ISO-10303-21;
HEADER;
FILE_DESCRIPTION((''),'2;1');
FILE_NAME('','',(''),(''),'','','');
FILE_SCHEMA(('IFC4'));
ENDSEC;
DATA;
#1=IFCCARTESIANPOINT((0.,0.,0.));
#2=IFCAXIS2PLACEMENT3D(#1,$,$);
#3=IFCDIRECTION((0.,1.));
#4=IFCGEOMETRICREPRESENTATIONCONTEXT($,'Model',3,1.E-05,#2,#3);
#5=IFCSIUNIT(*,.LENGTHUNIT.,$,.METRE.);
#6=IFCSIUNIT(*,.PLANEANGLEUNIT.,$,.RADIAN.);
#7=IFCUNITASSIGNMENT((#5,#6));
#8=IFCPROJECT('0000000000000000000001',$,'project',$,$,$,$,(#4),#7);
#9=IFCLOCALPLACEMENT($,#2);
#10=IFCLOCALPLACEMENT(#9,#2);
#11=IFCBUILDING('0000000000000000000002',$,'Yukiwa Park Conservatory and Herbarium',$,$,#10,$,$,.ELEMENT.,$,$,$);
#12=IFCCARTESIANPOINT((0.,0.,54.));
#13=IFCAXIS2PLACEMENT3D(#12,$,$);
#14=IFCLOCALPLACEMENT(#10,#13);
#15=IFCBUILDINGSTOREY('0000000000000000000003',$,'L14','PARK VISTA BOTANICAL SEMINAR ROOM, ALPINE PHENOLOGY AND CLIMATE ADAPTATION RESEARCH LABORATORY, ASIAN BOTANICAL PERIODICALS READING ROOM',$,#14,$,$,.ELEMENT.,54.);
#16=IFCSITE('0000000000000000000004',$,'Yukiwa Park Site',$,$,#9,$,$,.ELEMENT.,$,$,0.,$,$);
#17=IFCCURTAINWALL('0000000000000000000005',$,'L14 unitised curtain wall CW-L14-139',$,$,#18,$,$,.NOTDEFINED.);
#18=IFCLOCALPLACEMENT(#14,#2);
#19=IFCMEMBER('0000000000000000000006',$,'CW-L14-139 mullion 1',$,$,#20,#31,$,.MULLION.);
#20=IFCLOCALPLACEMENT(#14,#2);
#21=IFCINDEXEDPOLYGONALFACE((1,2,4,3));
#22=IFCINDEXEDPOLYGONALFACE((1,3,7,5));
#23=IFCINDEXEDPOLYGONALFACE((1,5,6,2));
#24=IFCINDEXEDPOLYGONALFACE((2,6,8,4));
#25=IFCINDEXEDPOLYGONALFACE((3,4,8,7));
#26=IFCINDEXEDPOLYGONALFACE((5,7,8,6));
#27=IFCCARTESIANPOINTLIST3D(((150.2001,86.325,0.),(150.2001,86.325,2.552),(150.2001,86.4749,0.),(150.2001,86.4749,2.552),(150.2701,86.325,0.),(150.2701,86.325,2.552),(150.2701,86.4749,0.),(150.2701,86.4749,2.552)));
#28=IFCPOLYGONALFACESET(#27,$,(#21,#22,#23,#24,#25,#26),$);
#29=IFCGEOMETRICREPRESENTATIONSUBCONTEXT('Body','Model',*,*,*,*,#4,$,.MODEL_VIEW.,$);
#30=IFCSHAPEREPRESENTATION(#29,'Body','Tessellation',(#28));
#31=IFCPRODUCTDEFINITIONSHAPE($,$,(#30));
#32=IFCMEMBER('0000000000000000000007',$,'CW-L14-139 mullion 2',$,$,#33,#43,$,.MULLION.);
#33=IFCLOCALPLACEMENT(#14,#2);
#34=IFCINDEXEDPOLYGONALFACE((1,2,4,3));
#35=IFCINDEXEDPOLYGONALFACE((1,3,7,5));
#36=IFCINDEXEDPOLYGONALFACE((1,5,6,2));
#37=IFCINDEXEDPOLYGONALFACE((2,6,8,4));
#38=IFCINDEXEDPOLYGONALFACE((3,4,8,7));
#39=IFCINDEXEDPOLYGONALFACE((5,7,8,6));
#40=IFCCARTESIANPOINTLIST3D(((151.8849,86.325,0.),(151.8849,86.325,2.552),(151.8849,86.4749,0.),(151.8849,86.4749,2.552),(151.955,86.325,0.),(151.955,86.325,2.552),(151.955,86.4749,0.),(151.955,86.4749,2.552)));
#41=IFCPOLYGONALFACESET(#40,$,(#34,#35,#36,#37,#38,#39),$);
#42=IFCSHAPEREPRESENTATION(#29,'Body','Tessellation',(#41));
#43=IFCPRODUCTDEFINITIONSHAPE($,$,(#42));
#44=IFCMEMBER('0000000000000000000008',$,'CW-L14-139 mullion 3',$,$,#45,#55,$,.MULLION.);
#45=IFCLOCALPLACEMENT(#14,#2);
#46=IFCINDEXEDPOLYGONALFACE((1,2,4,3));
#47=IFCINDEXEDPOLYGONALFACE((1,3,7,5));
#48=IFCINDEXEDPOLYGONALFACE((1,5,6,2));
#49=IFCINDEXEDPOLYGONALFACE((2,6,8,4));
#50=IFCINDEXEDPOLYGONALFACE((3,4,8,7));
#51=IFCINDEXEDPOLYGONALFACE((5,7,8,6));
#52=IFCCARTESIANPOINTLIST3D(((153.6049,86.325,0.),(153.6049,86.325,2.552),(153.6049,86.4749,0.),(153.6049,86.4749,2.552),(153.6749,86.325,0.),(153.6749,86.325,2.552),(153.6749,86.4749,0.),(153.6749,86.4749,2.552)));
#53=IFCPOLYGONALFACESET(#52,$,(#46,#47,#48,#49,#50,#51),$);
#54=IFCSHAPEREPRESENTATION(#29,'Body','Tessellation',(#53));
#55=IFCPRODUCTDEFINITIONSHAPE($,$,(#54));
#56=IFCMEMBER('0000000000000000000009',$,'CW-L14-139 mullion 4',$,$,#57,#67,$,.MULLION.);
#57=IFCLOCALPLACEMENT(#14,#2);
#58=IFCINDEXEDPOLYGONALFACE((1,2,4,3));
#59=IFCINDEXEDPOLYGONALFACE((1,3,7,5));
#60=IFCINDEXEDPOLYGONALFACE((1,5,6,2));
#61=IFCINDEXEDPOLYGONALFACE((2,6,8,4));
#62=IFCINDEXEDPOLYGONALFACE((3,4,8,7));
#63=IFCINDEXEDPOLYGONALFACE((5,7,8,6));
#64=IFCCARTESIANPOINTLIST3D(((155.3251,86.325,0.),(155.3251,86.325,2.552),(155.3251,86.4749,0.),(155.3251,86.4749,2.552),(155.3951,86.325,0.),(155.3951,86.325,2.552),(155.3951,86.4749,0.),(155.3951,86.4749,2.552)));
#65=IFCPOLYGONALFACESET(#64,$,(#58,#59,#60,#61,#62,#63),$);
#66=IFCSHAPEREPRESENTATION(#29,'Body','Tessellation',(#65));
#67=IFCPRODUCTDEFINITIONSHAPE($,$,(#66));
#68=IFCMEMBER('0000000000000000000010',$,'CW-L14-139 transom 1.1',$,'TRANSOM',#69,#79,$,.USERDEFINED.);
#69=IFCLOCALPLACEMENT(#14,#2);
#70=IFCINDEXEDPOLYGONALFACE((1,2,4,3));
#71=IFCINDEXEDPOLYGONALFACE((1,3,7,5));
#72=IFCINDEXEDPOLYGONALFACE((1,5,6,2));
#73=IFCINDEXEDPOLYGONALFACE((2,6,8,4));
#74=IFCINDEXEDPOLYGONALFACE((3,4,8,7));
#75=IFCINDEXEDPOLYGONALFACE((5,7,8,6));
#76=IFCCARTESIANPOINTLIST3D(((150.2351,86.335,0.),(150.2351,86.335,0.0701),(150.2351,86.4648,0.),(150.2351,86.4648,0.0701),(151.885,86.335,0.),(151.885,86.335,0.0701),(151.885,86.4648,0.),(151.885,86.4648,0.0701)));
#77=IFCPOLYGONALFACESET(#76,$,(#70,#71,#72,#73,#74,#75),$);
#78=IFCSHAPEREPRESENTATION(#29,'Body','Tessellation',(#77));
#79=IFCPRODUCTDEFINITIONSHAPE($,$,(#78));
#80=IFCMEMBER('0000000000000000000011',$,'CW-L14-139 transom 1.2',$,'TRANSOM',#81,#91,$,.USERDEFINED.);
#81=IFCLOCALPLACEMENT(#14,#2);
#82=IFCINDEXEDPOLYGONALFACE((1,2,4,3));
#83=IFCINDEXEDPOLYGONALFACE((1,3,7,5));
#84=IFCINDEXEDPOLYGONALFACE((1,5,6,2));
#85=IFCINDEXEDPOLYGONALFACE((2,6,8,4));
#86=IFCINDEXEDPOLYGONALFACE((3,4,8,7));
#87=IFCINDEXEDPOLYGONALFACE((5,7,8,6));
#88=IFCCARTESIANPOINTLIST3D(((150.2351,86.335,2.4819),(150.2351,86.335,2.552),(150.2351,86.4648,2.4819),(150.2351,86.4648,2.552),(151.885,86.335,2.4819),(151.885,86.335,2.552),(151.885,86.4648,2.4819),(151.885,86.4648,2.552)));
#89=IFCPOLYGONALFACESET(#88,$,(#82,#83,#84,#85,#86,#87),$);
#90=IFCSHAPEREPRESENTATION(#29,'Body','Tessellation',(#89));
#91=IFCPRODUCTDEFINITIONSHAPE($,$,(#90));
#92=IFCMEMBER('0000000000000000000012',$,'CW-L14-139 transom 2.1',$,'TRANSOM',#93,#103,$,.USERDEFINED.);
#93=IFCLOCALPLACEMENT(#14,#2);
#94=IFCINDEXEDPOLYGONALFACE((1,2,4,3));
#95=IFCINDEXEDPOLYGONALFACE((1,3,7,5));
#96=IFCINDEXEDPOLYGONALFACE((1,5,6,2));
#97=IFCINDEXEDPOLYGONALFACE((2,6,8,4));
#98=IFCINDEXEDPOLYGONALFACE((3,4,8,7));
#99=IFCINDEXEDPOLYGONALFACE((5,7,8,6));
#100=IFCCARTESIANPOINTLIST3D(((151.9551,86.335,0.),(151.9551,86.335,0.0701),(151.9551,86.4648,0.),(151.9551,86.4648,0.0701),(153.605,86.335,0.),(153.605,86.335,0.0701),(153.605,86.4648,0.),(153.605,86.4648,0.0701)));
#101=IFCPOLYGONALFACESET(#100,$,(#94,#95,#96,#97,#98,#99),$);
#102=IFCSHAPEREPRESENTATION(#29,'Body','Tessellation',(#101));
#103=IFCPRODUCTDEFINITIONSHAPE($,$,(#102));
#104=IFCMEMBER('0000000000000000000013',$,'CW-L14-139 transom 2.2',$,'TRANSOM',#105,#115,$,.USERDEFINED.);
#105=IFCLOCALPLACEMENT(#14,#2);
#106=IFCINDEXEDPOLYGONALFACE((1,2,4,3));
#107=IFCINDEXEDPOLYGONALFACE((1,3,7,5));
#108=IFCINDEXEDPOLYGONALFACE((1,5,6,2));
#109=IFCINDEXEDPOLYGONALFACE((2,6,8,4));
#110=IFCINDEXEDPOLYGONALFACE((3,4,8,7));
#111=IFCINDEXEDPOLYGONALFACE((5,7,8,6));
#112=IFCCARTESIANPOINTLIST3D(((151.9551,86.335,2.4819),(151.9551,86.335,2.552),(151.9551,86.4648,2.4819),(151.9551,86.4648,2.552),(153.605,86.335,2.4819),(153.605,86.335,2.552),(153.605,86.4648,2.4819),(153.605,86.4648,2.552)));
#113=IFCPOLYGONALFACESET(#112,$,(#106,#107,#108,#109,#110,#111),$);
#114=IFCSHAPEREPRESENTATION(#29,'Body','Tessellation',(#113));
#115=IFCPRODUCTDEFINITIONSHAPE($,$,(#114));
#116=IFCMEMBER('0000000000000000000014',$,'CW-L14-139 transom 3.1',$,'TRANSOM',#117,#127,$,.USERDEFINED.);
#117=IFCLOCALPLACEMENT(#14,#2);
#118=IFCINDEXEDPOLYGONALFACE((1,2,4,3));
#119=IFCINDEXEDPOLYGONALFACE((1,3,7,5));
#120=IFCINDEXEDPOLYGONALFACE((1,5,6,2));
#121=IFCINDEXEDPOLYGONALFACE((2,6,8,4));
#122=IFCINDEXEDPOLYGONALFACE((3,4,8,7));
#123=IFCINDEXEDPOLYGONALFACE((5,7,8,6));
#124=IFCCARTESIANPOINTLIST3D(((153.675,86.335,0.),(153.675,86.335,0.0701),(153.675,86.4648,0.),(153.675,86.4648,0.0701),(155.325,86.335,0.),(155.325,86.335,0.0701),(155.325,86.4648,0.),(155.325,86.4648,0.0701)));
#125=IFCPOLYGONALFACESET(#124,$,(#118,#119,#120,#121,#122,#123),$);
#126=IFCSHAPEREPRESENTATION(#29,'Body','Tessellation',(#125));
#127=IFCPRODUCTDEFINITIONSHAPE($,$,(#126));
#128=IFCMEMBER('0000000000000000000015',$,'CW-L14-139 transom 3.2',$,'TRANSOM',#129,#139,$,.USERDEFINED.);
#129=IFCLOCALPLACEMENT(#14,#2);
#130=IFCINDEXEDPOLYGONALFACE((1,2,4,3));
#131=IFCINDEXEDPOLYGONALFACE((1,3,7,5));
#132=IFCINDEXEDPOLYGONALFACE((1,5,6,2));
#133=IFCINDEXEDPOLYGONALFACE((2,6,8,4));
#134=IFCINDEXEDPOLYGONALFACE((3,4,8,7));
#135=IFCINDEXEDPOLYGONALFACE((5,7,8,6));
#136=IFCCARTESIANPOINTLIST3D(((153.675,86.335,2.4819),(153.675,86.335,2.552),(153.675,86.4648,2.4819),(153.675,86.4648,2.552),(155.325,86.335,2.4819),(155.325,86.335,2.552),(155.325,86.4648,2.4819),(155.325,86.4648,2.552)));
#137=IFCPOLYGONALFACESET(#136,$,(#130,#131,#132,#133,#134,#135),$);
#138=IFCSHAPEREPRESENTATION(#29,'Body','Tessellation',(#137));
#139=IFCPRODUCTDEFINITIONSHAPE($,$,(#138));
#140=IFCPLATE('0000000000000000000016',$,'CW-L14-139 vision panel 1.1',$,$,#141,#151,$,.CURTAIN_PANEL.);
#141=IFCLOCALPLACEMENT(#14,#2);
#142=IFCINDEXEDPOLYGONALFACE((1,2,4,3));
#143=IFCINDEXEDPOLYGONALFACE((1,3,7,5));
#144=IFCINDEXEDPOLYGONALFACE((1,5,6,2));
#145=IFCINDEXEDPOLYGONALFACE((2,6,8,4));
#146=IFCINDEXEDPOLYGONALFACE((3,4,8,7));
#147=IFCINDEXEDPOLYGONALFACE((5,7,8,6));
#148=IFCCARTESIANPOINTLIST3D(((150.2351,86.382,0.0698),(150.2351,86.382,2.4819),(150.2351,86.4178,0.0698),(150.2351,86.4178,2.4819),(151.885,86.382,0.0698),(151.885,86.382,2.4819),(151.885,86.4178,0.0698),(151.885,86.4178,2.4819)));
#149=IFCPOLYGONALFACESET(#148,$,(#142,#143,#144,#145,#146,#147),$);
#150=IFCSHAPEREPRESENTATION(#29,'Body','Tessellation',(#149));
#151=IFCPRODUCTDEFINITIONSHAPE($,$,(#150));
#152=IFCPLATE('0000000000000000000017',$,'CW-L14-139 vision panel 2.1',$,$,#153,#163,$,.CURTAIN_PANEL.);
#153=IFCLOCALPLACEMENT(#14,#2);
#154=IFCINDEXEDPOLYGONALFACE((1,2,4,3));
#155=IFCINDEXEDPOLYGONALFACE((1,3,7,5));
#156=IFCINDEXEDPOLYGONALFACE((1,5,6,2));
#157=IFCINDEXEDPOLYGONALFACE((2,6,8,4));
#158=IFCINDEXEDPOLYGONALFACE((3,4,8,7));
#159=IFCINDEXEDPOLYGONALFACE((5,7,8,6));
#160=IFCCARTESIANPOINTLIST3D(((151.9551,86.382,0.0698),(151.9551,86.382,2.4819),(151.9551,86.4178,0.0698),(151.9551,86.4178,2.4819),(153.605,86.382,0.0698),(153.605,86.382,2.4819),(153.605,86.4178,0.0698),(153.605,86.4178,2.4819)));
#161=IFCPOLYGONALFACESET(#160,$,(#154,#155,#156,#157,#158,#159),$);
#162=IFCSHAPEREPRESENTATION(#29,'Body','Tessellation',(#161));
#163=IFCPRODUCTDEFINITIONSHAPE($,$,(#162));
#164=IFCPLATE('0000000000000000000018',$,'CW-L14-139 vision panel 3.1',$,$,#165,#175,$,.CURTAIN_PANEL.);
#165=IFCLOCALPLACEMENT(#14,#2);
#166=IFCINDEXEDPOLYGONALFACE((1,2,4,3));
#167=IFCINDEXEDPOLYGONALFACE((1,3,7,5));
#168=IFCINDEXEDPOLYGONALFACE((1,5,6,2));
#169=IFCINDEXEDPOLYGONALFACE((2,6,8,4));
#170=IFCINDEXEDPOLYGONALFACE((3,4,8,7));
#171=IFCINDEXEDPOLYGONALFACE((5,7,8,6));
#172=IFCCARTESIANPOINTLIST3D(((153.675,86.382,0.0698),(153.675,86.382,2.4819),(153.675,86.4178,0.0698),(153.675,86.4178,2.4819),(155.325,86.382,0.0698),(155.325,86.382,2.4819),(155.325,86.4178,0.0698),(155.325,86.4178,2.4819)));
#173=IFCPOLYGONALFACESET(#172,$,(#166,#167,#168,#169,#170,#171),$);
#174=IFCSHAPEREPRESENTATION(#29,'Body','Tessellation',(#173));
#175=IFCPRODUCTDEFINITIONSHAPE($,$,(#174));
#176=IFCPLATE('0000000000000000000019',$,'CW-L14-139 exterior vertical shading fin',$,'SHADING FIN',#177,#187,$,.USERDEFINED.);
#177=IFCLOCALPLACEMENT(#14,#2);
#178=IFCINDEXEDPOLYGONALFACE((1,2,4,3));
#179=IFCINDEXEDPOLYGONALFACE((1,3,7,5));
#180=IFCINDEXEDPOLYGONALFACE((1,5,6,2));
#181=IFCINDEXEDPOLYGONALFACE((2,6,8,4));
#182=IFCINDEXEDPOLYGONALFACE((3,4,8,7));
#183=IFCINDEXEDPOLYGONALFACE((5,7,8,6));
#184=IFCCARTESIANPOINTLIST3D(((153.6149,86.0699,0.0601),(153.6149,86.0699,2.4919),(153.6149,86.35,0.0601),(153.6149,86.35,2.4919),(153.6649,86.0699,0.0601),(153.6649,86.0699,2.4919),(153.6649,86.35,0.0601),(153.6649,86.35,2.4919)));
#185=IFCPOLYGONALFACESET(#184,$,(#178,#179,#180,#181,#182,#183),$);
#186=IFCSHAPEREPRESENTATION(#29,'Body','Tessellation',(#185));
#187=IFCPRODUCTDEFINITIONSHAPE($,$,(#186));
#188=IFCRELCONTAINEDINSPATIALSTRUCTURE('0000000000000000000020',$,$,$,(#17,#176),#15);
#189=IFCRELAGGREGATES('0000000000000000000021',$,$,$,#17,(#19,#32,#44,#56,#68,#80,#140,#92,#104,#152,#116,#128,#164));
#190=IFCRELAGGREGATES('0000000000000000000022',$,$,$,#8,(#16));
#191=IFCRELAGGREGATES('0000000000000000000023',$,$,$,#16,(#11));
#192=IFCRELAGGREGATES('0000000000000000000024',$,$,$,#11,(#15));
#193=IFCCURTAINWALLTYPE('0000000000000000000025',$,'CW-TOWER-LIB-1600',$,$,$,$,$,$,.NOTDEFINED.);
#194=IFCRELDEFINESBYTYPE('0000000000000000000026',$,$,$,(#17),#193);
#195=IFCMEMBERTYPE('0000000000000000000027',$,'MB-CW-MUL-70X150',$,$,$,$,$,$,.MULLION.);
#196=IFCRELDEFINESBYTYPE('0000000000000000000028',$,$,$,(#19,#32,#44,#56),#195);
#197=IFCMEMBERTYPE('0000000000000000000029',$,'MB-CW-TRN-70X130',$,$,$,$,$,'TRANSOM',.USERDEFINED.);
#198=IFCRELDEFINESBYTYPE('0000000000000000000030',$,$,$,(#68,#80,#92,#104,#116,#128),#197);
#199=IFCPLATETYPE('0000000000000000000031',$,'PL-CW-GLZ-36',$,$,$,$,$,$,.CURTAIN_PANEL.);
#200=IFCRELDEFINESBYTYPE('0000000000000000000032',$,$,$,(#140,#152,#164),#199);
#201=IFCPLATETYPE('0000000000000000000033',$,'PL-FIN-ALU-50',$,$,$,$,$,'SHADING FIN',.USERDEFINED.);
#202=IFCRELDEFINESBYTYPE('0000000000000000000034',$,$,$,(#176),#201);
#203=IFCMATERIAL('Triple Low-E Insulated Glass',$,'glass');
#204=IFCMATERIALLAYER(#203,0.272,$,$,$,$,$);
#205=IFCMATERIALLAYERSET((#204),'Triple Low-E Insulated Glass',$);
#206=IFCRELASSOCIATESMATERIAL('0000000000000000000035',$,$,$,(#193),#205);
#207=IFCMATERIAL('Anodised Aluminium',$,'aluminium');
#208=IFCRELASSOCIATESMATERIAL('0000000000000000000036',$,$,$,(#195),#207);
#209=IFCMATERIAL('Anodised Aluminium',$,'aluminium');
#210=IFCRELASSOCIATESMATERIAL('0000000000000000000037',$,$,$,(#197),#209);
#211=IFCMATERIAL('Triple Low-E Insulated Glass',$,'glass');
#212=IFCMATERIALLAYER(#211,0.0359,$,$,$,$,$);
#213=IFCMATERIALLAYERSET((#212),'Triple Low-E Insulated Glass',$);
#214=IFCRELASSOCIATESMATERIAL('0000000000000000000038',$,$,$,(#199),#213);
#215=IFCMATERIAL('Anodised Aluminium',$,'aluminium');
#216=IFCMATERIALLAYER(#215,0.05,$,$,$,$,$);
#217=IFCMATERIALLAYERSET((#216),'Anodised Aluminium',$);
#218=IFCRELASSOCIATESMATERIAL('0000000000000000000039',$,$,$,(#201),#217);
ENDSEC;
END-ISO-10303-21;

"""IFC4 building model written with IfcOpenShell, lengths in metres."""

from ifc_helpers import new_model, si_unit, direction, frame, origin, origin_2d, place, context, subcontext, project, spatial, rectangle, extrude, material, layer, layer_set, type_object, element, aggregate, save


model = new_model("IFC4")

# Units and contexts
model_context = context("Model", 3, precision=1e-05, world=origin(), true_north=direction((0.0, 1.0)))
body_context = subcontext(model_context, "Body", "Model", "MODEL_VIEW")
ifc_project = project(units=[si_unit("LENGTHUNIT", "METRE"), si_unit("PLANEANGLEUNIT", "RADIAN")], contexts=[model_context])

# Site, building, storey
site_placement = place(None, origin())
site = spatial("IfcSite", under=ifc_project, at=site_placement, Name="Yukiwa Park Site", CompositionType="ELEMENT", RefElevation=0.0)
building_placement = place(site_placement, origin())
building = spatial("IfcBuilding", under=site, at=building_placement, Name="Yukiwa Park Conservatory and Herbarium", CompositionType="ELEMENT")
storey_placement = place(building_placement, frame((0.0, 0.0, 54.0)))
storey = spatial("IfcBuildingStorey", under=building, at=storey_placement, Name="L14", Description="PARK VISTA BOTANICAL SEMINAR ROOM, ALPINE PHENOLOGY AND CLIMATE ADAPTATION RESEARCH LABORATORY, ASIAN BOTANICAL PERIODICALS READING ROOM", CompositionType="ELEMENT", Elevation=54.0)

# Curtain wall, members, plates
ifc_material_1 = material(Name="Triple Low-E Insulated Glass", Category="glass")
ifc_layer_1 = layer(ifc_material_1, 0.272)
ifc_layer_set_1 = layer_set([ifc_layer_1], Name="Triple Low-E Insulated Glass")
curtain_wall_type = type_object("IfcCurtainWallType", Name="CW-TOWER-LIB-1600", PredefinedType="NOTDEFINED", material=ifc_layer_set_1)
curtain_wall_placement = place(storey_placement, origin())
curtain_wall = element("IfcCurtainWall", 1, at=curtain_wall_placement, inside=storey, type_object=curtain_wall_type, Name="L14 unitised curtain wall CW-L14-139", PredefinedType="NOTDEFINED")
ifc_material_2 = material(Name="Anodised Aluminium", Category="aluminium")
member_type_1 = type_object("IfcMemberType", Name="MB-CW-MUL-70X150", PredefinedType="MULLION", material=ifc_material_2)
member_1_placement = place(storey_placement, frame((150.2351, 86.3999, 0.0), z_axis=(0.0, 0.0, 1.0), x_axis=(1.0, 0.0, 0.0)))
member_1 = element("IfcMember", 2, at=member_1_placement, type_object=member_type_1, Name="CW-L14-139 mullion 1", PredefinedType="MULLION", context=body_context, shape_type="SweptSolid", body=[
    extrude(rectangle(XDim=0.0701, YDim=0.1499, at=origin_2d()), origin(), (0.0, 0.0, 1.0), 2.552),
])
member_2_placement = place(storey_placement, frame((151.9199, 86.3999, 0.0), z_axis=(0.0, 0.0, 1.0), x_axis=(1.0, 0.0, 0.0)))
member_2 = element("IfcMember", 3, at=member_2_placement, type_object=member_type_1, Name="CW-L14-139 mullion 2", PredefinedType="MULLION", context=body_context, shape_type="SweptSolid", body=[
    extrude(rectangle(XDim=0.0701, YDim=0.1499, at=origin_2d()), origin(), (0.0, 0.0, 1.0), 2.552),
])
member_3_placement = place(storey_placement, frame((153.6399, 86.3999, 0.0), z_axis=(0.0, 0.0, 1.0), x_axis=(1.0, 0.0, 0.0)))
member_3 = element("IfcMember", 4, at=member_3_placement, type_object=member_type_1, Name="CW-L14-139 mullion 3", PredefinedType="MULLION", context=body_context, shape_type="SweptSolid", body=[
    extrude(rectangle(XDim=0.0701, YDim=0.1499, at=origin_2d()), origin(), (0.0, 0.0, 1.0), 2.552),
])
member_4_placement = place(storey_placement, frame((155.3601, 86.3999, 0.0), z_axis=(0.0, 0.0, 1.0), x_axis=(1.0, 0.0, 0.0)))
member_4 = element("IfcMember", 5, at=member_4_placement, type_object=member_type_1, Name="CW-L14-139 mullion 4", PredefinedType="MULLION", context=body_context, shape_type="SweptSolid", body=[
    extrude(rectangle(XDim=0.0701, YDim=0.1499, at=origin_2d()), origin(), (0.0, 0.0, 1.0), 2.552),
])
ifc_material_3 = material(Name="Anodised Aluminium", Category="aluminium")
member_type_2 = type_object("IfcMemberType", Name="MB-CW-TRN-70X130", ElementType="TRANSOM", PredefinedType="USERDEFINED", material=ifc_material_3)
member_5_placement = place(storey_placement, frame((151.0601, 86.3999, 0.0), z_axis=(0.0, 0.0, 1.0), x_axis=(1.0, 0.0, 0.0)))
member_5 = element("IfcMember", 6, at=member_5_placement, type_object=member_type_2, Name="CW-L14-139 transom 1.1", ObjectType="TRANSOM", PredefinedType="USERDEFINED", context=body_context, shape_type="SweptSolid", body=[
    extrude(rectangle(XDim=1.6499, YDim=0.1299, at=origin_2d()), origin(), (0.0, 0.0, 1.0), 0.0701),
])
member_6_placement = place(storey_placement, frame((151.0601, 86.3999, 2.4819), z_axis=(0.0, 0.0, 1.0), x_axis=(1.0, 0.0, 0.0)))
member_6 = element("IfcMember", 7, at=member_6_placement, type_object=member_type_2, Name="CW-L14-139 transom 1.2", ObjectType="TRANSOM", PredefinedType="USERDEFINED", context=body_context, shape_type="SweptSolid", body=[
    extrude(rectangle(XDim=1.6499, YDim=0.1299, at=origin_2d()), origin(), (0.0, 0.0, 1.0), 0.0701),
])
member_7_placement = place(storey_placement, frame((152.78, 86.3999, 0.0), z_axis=(0.0, 0.0, 1.0), x_axis=(1.0, 0.0, 0.0)))
member_7 = element("IfcMember", 8, at=member_7_placement, type_object=member_type_2, Name="CW-L14-139 transom 2.1", ObjectType="TRANSOM", PredefinedType="USERDEFINED", context=body_context, shape_type="SweptSolid", body=[
    extrude(rectangle(XDim=1.6499, YDim=0.1299, at=origin_2d()), origin(), (0.0, 0.0, 1.0), 0.0701),
])
member_8_placement = place(storey_placement, frame((152.78, 86.3999, 2.4819), z_axis=(0.0, 0.0, 1.0), x_axis=(1.0, 0.0, 0.0)))
member_8 = element("IfcMember", 9, at=member_8_placement, type_object=member_type_2, Name="CW-L14-139 transom 2.2", ObjectType="TRANSOM", PredefinedType="USERDEFINED", context=body_context, shape_type="SweptSolid", body=[
    extrude(rectangle(XDim=1.6499, YDim=0.1299, at=origin_2d()), origin(), (0.0, 0.0, 1.0), 0.0701),
])
member_9_placement = place(storey_placement, frame((154.5, 86.3999, 0.0), z_axis=(0.0, 0.0, 1.0), x_axis=(1.0, 0.0, 0.0)))
member_9 = element("IfcMember", 10, at=member_9_placement, type_object=member_type_2, Name="CW-L14-139 transom 3.1", ObjectType="TRANSOM", PredefinedType="USERDEFINED", context=body_context, shape_type="SweptSolid", body=[
    extrude(rectangle(XDim=1.6499, YDim=0.1299, at=origin_2d()), origin(), (0.0, 0.0, 1.0), 0.0701),
])
member_10_placement = place(storey_placement, frame((154.5, 86.3999, 2.4819), z_axis=(0.0, 0.0, 1.0), x_axis=(1.0, 0.0, 0.0)))
member_10 = element("IfcMember", 11, at=member_10_placement, type_object=member_type_2, Name="CW-L14-139 transom 3.2", ObjectType="TRANSOM", PredefinedType="USERDEFINED", context=body_context, shape_type="SweptSolid", body=[
    extrude(rectangle(XDim=1.6499, YDim=0.1299, at=origin_2d()), origin(), (0.0, 0.0, 1.0), 0.0701),
])
ifc_material_4 = material(Name="Triple Low-E Insulated Glass", Category="glass")
ifc_layer_2 = layer(ifc_material_4, 0.0359)
ifc_layer_set_2 = layer_set([ifc_layer_2], Name="Triple Low-E Insulated Glass")
plate_type_1 = type_object("IfcPlateType", Name="PL-CW-GLZ-36", PredefinedType="CURTAIN_PANEL", material=ifc_layer_set_2)
plate_1_placement = place(storey_placement, frame((151.0601, 86.3999, 0.0698), z_axis=(0.0, 0.0, 1.0), x_axis=(1.0, 0.0, 0.0)))
plate_1 = element("IfcPlate", 12, at=plate_1_placement, type_object=plate_type_1, Name="CW-L14-139 vision panel 1.1", PredefinedType="CURTAIN_PANEL", context=body_context, shape_type="SweptSolid", body=[
    extrude(rectangle(XDim=1.6499, YDim=0.0359, at=origin_2d()), origin(), (0.0, 0.0, 1.0), 2.4121),
])
plate_2_placement = place(storey_placement, frame((152.78, 86.3999, 0.0698), z_axis=(0.0, 0.0, 1.0), x_axis=(1.0, 0.0, 0.0)))
plate_2 = element("IfcPlate", 13, at=plate_2_placement, type_object=plate_type_1, Name="CW-L14-139 vision panel 2.1", PredefinedType="CURTAIN_PANEL", context=body_context, shape_type="SweptSolid", body=[
    extrude(rectangle(XDim=1.6499, YDim=0.0359, at=origin_2d()), origin(), (0.0, 0.0, 1.0), 2.4121),
])
plate_3_placement = place(storey_placement, frame((154.5, 86.3999, 0.0698), z_axis=(0.0, 0.0, 1.0), x_axis=(1.0, 0.0, 0.0)))
plate_3 = element("IfcPlate", 14, at=plate_3_placement, type_object=plate_type_1, Name="CW-L14-139 vision panel 3.1", PredefinedType="CURTAIN_PANEL", context=body_context, shape_type="SweptSolid", body=[
    extrude(rectangle(XDim=1.6499, YDim=0.0359, at=origin_2d()), origin(), (0.0, 0.0, 1.0), 2.4121),
])
aggregate(curtain_wall, [member_1, member_2, member_3, member_4, member_5, member_6, plate_1, member_7, member_8, plate_2, member_9, member_10, plate_3])

# Plate
ifc_material_5 = material(Name="Anodised Aluminium", Category="aluminium")
ifc_layer_3 = layer(ifc_material_5, 0.05)
ifc_layer_set_3 = layer_set([ifc_layer_3], Name="Anodised Aluminium")
plate_type_2 = type_object("IfcPlateType", Name="PL-FIN-ALU-50", ElementType="SHADING FIN", PredefinedType="USERDEFINED", material=ifc_layer_set_3)
plate_4_placement = place(storey_placement, frame((153.6399, 86.21, 0.0601), z_axis=(0.0, 0.0, 1.0), x_axis=(1.0, 0.0, 0.0)))
element("IfcPlate", 15, at=plate_4_placement, inside=storey, type_object=plate_type_2, Name="CW-L14-139 exterior vertical shading fin", ObjectType="SHADING FIN", PredefinedType="USERDEFINED", context=body_context, shape_type="SweptSolid", body=[
    extrude(rectangle(XDim=0.05, YDim=0.28, at=origin_2d()), origin(), (0.0, 0.0, 1.0), 2.4319),
])

save(model, "model.ifc")
